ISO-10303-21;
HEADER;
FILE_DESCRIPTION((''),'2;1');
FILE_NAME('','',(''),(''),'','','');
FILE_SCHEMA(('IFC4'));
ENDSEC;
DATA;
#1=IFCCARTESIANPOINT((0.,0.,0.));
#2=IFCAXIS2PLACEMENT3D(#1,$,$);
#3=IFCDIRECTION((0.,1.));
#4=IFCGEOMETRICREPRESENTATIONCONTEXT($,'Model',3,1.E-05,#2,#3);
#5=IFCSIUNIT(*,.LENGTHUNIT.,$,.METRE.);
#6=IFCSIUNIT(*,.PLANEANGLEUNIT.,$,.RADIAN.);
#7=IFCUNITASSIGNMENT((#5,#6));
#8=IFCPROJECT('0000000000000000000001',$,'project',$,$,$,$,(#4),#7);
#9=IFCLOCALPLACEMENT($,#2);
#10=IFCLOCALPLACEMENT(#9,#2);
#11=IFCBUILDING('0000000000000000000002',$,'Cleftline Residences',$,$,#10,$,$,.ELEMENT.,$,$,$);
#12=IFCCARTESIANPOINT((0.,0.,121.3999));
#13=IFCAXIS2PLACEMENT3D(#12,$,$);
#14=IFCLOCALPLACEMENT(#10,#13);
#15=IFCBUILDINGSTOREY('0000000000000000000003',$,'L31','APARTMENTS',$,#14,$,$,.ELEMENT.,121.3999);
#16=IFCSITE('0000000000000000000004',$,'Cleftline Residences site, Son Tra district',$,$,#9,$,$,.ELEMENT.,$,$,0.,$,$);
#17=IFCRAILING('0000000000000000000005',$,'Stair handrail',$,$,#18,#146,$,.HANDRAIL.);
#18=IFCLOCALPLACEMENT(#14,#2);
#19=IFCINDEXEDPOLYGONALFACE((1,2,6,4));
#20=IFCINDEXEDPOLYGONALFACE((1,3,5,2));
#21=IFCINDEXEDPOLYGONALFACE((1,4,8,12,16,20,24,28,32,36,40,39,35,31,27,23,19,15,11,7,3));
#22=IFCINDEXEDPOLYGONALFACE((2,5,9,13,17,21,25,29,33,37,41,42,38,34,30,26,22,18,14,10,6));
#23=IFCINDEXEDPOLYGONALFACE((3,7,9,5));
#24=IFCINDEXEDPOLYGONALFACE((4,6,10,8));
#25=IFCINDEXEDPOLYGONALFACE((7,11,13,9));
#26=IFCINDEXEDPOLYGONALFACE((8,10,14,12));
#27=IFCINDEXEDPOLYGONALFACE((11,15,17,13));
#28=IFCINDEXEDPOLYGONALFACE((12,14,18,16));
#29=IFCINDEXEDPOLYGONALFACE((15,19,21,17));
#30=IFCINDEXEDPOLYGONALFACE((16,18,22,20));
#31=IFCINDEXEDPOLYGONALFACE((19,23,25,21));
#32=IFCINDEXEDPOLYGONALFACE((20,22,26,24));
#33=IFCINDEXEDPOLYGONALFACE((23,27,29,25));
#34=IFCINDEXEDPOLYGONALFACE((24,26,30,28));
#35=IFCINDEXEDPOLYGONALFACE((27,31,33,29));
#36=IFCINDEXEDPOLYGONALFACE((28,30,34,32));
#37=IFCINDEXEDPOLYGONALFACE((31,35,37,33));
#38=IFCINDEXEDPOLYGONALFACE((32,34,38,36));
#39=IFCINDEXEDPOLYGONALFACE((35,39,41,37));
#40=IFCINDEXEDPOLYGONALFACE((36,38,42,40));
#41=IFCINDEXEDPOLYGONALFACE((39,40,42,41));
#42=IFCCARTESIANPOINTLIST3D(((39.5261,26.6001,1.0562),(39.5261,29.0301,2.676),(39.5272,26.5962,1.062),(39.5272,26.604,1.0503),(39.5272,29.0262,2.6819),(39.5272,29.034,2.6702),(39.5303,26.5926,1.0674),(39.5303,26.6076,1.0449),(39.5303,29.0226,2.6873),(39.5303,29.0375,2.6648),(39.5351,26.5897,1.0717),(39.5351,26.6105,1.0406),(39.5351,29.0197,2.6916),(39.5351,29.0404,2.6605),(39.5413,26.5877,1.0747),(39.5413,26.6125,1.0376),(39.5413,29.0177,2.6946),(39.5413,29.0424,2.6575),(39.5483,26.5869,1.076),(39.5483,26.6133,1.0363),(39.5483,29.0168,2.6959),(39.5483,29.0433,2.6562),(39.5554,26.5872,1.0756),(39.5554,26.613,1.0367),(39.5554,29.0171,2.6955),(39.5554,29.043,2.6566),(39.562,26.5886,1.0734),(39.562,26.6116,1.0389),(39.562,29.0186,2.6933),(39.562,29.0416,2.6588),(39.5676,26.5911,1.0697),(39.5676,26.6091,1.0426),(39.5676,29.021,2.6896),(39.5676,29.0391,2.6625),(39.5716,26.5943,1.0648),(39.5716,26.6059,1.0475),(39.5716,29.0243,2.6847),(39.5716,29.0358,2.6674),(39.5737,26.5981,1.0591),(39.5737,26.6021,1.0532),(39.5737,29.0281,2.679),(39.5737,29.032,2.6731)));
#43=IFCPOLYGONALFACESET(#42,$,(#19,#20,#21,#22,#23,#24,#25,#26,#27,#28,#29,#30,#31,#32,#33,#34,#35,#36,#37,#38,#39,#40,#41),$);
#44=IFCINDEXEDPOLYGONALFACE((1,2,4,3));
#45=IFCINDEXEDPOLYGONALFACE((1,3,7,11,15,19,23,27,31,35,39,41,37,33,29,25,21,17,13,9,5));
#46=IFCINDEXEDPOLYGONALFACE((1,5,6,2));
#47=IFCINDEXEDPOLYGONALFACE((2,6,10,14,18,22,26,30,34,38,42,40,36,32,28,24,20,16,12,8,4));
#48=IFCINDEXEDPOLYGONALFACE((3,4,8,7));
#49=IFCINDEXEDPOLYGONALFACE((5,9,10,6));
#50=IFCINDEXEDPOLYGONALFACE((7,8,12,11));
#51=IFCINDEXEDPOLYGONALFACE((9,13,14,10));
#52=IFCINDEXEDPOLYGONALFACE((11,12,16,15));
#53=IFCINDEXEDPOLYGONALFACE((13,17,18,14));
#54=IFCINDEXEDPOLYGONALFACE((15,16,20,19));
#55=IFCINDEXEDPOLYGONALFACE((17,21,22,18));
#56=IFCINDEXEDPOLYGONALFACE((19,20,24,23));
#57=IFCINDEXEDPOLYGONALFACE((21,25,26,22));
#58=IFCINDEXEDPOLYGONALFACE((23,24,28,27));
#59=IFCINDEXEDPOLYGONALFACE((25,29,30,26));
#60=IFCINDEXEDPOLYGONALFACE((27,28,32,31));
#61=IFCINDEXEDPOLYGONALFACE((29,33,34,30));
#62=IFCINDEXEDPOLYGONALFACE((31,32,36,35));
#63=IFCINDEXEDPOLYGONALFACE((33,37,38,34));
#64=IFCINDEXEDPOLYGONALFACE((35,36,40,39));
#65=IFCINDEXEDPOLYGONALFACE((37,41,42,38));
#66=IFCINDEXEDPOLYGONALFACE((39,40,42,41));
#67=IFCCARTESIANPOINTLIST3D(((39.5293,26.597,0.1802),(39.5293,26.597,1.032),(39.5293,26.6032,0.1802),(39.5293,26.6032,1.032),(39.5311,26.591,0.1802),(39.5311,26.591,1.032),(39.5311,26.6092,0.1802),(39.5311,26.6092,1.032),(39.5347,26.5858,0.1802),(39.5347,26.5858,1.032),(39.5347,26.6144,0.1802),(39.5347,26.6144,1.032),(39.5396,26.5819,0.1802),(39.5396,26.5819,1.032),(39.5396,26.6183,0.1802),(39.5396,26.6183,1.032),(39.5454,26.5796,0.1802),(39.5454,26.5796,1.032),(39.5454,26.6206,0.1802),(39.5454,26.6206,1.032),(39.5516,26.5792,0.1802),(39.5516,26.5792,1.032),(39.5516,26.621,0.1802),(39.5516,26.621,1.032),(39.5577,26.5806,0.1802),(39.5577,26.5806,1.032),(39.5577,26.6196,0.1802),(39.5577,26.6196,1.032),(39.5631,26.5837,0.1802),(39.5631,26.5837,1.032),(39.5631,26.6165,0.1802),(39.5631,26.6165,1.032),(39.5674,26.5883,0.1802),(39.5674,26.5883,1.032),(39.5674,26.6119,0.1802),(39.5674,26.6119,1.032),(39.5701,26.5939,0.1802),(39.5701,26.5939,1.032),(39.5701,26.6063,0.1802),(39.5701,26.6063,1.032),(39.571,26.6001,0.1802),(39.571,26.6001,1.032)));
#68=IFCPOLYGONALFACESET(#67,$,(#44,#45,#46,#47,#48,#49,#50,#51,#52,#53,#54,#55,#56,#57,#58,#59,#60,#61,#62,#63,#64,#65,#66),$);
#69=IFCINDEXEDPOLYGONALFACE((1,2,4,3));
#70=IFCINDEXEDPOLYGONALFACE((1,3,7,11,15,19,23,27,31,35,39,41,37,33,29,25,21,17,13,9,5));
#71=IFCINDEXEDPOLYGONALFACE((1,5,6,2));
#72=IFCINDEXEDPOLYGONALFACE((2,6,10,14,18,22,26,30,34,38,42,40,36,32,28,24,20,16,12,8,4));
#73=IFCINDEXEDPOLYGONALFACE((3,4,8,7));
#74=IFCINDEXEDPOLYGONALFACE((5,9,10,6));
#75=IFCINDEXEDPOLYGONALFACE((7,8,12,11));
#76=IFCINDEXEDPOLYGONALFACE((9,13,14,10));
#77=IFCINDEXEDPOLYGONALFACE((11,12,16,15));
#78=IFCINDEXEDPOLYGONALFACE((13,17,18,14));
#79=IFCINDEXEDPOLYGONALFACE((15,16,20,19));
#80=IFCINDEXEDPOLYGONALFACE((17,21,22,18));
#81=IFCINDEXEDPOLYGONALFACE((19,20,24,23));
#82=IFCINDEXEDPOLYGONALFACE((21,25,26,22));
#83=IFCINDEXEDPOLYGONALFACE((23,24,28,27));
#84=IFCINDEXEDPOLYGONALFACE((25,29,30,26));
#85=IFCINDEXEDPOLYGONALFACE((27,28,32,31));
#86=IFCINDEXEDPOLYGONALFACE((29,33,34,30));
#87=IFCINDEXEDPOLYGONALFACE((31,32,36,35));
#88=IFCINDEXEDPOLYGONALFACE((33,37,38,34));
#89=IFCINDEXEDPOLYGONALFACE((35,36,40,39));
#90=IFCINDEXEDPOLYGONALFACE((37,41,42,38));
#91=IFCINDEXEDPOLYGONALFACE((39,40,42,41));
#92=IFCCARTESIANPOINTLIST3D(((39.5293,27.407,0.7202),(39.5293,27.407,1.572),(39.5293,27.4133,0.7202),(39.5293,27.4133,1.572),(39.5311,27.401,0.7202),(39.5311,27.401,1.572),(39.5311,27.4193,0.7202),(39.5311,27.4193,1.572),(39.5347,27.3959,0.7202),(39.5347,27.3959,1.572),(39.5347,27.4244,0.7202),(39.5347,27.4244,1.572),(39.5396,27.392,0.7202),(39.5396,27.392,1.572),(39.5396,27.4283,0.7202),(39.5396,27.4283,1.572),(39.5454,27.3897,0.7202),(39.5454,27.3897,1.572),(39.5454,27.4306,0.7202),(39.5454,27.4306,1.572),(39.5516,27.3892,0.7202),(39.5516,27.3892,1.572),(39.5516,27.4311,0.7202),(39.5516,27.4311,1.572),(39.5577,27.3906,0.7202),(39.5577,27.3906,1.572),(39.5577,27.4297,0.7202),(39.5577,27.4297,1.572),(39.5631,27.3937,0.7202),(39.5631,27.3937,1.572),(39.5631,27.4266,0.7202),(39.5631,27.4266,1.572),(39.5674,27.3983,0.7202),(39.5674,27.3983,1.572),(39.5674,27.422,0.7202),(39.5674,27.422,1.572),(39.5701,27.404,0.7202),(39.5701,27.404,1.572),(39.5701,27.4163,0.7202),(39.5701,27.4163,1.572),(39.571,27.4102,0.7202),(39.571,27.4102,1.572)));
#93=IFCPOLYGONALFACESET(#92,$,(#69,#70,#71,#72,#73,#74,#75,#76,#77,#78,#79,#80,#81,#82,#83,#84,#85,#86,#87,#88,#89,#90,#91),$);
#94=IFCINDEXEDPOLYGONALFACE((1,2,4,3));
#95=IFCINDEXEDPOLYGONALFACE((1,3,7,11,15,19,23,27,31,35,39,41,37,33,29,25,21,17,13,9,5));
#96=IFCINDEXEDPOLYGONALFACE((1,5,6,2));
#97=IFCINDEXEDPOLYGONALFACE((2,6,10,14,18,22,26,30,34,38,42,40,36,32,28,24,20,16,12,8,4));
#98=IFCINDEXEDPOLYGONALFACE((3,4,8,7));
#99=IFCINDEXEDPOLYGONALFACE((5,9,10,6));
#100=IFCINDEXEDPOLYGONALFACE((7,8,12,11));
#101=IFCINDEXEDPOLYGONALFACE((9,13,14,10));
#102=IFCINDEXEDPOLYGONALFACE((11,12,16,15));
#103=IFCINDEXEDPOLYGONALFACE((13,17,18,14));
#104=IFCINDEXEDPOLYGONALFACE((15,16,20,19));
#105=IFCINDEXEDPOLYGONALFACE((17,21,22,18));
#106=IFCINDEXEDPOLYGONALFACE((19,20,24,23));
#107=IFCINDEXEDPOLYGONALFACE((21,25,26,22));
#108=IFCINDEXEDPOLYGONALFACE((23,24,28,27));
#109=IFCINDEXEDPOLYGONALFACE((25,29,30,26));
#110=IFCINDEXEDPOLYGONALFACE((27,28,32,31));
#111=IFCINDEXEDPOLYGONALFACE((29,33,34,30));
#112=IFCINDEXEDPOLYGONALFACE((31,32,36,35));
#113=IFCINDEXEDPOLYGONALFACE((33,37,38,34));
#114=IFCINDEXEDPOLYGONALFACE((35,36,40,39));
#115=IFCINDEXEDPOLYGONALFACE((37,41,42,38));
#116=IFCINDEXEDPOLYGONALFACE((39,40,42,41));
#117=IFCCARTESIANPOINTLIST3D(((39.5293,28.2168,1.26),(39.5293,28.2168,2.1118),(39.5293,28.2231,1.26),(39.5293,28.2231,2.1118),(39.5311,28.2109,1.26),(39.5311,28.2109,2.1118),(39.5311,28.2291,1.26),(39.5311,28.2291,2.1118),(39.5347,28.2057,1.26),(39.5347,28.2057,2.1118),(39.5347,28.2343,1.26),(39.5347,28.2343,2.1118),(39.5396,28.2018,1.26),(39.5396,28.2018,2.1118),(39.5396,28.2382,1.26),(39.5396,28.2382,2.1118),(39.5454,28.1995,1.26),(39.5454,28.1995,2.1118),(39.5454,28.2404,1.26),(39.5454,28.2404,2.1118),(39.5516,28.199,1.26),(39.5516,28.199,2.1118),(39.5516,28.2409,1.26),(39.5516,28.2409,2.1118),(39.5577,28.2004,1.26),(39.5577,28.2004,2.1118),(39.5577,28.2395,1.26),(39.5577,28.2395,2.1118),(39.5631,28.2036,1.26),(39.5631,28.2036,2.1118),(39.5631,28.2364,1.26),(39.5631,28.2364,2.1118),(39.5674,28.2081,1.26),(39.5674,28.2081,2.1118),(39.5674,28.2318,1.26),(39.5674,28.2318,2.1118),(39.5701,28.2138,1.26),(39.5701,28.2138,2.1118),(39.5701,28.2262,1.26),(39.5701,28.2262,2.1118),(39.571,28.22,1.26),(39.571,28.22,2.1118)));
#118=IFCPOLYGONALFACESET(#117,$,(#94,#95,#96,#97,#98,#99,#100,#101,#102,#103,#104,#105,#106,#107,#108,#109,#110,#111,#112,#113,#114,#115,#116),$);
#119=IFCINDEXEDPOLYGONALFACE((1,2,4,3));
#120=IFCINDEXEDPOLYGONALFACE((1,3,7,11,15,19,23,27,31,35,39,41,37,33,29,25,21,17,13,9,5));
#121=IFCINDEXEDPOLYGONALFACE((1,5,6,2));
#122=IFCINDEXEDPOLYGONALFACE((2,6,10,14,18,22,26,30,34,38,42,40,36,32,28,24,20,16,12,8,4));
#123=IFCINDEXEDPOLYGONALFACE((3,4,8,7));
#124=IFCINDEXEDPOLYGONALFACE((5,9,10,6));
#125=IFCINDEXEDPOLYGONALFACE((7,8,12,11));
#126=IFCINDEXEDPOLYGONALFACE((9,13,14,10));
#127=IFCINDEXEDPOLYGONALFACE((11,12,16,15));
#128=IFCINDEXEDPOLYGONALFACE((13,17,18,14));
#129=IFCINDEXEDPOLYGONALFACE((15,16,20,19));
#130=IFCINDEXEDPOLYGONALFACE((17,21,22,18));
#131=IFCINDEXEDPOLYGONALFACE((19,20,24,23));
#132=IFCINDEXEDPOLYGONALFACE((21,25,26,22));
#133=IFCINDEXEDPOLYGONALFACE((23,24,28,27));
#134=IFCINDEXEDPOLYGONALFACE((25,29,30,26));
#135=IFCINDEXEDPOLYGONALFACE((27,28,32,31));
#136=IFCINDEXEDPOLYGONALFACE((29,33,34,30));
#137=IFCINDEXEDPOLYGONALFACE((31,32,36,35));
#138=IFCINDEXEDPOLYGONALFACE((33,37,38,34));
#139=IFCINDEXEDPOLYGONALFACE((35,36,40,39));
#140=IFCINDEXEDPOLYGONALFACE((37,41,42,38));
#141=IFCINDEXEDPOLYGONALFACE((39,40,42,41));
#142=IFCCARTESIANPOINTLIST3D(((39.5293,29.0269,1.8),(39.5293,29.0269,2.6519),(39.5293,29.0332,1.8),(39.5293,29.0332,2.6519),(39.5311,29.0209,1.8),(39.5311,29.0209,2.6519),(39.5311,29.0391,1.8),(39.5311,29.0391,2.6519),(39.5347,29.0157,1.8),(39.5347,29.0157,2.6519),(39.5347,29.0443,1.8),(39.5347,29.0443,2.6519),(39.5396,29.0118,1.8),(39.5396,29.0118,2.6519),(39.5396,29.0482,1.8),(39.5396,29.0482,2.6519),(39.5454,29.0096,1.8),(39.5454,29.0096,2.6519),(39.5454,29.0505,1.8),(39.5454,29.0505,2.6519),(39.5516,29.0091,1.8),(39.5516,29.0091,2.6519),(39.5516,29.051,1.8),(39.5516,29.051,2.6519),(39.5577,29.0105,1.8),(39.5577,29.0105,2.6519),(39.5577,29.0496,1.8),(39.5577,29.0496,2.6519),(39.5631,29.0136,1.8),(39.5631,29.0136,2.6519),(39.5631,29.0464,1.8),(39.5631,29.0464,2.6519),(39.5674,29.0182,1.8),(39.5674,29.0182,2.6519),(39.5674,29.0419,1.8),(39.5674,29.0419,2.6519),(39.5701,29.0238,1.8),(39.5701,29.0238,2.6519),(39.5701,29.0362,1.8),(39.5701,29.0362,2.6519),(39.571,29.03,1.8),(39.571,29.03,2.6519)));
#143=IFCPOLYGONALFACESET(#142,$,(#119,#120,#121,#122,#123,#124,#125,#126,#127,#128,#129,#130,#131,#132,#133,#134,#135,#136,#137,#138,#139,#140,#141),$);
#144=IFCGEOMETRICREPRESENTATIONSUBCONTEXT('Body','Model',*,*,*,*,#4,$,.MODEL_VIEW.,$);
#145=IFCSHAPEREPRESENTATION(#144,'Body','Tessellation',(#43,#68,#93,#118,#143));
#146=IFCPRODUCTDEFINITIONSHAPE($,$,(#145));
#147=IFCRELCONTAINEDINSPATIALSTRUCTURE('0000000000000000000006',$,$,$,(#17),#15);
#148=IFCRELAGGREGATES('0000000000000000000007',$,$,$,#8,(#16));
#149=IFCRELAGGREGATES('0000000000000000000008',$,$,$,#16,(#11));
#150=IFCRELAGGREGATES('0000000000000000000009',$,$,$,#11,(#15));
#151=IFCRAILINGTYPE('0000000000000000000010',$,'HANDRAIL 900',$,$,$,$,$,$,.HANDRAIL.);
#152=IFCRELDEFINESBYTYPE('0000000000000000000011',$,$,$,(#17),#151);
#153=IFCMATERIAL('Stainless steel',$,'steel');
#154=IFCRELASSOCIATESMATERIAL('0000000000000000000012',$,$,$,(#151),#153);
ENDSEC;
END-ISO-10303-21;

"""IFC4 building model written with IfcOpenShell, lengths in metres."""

from ifc_helpers import new_model, si_unit, direction, frame, origin, origin_2d, place, context, subcontext, project, spatial, circle, extrude, material, type_object, element, save


model = new_model("IFC4")

# Units and contexts
model_context = context("Model", 3, precision=1e-05, world=origin(), true_north=direction((0.0, 1.0)))
body_context = subcontext(model_context, "Body", "Model", "MODEL_VIEW")
ifc_project = project(units=[si_unit("LENGTHUNIT", "METRE"), si_unit("PLANEANGLEUNIT", "RADIAN")], contexts=[model_context])

# Site, building, storey
site_placement = place(None, origin())
site = spatial("IfcSite", under=ifc_project, at=site_placement, Name="Cleftline Residences site, Son Tra district", CompositionType="ELEMENT", RefElevation=0.0)
building_placement = place(site_placement, origin())
building = spatial("IfcBuilding", under=site, at=building_placement, Name="Cleftline Residences", CompositionType="ELEMENT")
storey_placement = place(building_placement, frame((0.0, 0.0, 121.3999)))
storey = spatial("IfcBuildingStorey", under=building, at=storey_placement, Name="L31", Description="APARTMENTS", CompositionType="ELEMENT", Elevation=121.3999)

# Railing
ifc_material_1 = material(Name="Stainless steel", Category="steel")
railing_type = type_object("IfcRailingType", Name="HANDRAIL 900", PredefinedType="HANDRAIL", material=ifc_material_1)
railing_1_placement = place(storey_placement, frame((39.55, 26.6001, 0.1802)))
element("IfcRailing", 1, at=railing_1_placement, inside=storey, type_object=railing_type, Name="Stair handrail", PredefinedType="HANDRAIL", context=body_context, shape_type="SweptSolid", body=[
    extrude(circle(Radius=0.0239, at=origin_2d()), frame((0.0, 0.0, 0.876), z_axis=(0.0, 0.832063, 0.554681), x_axis=(-1.0, 0.0, 0.0)), (0.0, 0.0, 1.0), 2.9204),
    extrude(circle(Radius=0.021, at=origin_2d()), origin(), (0.0, 0.0, 1.0), 0.8518),
    extrude(circle(Radius=0.021, at=origin_2d()), frame((0.0, 0.8101, 0.54)), (0.0, 0.0, 1.0), 0.8518),
    extrude(circle(Radius=0.021, at=origin_2d()), frame((0.0, 1.6199, 1.0798)), (0.0, 0.0, 1.0), 0.8518),
    extrude(circle(Radius=0.021, at=origin_2d()), frame((0.0, 2.4299, 1.6199)), (0.0, 0.0, 1.0), 0.8518),
])

save(model, "model.ifc")
